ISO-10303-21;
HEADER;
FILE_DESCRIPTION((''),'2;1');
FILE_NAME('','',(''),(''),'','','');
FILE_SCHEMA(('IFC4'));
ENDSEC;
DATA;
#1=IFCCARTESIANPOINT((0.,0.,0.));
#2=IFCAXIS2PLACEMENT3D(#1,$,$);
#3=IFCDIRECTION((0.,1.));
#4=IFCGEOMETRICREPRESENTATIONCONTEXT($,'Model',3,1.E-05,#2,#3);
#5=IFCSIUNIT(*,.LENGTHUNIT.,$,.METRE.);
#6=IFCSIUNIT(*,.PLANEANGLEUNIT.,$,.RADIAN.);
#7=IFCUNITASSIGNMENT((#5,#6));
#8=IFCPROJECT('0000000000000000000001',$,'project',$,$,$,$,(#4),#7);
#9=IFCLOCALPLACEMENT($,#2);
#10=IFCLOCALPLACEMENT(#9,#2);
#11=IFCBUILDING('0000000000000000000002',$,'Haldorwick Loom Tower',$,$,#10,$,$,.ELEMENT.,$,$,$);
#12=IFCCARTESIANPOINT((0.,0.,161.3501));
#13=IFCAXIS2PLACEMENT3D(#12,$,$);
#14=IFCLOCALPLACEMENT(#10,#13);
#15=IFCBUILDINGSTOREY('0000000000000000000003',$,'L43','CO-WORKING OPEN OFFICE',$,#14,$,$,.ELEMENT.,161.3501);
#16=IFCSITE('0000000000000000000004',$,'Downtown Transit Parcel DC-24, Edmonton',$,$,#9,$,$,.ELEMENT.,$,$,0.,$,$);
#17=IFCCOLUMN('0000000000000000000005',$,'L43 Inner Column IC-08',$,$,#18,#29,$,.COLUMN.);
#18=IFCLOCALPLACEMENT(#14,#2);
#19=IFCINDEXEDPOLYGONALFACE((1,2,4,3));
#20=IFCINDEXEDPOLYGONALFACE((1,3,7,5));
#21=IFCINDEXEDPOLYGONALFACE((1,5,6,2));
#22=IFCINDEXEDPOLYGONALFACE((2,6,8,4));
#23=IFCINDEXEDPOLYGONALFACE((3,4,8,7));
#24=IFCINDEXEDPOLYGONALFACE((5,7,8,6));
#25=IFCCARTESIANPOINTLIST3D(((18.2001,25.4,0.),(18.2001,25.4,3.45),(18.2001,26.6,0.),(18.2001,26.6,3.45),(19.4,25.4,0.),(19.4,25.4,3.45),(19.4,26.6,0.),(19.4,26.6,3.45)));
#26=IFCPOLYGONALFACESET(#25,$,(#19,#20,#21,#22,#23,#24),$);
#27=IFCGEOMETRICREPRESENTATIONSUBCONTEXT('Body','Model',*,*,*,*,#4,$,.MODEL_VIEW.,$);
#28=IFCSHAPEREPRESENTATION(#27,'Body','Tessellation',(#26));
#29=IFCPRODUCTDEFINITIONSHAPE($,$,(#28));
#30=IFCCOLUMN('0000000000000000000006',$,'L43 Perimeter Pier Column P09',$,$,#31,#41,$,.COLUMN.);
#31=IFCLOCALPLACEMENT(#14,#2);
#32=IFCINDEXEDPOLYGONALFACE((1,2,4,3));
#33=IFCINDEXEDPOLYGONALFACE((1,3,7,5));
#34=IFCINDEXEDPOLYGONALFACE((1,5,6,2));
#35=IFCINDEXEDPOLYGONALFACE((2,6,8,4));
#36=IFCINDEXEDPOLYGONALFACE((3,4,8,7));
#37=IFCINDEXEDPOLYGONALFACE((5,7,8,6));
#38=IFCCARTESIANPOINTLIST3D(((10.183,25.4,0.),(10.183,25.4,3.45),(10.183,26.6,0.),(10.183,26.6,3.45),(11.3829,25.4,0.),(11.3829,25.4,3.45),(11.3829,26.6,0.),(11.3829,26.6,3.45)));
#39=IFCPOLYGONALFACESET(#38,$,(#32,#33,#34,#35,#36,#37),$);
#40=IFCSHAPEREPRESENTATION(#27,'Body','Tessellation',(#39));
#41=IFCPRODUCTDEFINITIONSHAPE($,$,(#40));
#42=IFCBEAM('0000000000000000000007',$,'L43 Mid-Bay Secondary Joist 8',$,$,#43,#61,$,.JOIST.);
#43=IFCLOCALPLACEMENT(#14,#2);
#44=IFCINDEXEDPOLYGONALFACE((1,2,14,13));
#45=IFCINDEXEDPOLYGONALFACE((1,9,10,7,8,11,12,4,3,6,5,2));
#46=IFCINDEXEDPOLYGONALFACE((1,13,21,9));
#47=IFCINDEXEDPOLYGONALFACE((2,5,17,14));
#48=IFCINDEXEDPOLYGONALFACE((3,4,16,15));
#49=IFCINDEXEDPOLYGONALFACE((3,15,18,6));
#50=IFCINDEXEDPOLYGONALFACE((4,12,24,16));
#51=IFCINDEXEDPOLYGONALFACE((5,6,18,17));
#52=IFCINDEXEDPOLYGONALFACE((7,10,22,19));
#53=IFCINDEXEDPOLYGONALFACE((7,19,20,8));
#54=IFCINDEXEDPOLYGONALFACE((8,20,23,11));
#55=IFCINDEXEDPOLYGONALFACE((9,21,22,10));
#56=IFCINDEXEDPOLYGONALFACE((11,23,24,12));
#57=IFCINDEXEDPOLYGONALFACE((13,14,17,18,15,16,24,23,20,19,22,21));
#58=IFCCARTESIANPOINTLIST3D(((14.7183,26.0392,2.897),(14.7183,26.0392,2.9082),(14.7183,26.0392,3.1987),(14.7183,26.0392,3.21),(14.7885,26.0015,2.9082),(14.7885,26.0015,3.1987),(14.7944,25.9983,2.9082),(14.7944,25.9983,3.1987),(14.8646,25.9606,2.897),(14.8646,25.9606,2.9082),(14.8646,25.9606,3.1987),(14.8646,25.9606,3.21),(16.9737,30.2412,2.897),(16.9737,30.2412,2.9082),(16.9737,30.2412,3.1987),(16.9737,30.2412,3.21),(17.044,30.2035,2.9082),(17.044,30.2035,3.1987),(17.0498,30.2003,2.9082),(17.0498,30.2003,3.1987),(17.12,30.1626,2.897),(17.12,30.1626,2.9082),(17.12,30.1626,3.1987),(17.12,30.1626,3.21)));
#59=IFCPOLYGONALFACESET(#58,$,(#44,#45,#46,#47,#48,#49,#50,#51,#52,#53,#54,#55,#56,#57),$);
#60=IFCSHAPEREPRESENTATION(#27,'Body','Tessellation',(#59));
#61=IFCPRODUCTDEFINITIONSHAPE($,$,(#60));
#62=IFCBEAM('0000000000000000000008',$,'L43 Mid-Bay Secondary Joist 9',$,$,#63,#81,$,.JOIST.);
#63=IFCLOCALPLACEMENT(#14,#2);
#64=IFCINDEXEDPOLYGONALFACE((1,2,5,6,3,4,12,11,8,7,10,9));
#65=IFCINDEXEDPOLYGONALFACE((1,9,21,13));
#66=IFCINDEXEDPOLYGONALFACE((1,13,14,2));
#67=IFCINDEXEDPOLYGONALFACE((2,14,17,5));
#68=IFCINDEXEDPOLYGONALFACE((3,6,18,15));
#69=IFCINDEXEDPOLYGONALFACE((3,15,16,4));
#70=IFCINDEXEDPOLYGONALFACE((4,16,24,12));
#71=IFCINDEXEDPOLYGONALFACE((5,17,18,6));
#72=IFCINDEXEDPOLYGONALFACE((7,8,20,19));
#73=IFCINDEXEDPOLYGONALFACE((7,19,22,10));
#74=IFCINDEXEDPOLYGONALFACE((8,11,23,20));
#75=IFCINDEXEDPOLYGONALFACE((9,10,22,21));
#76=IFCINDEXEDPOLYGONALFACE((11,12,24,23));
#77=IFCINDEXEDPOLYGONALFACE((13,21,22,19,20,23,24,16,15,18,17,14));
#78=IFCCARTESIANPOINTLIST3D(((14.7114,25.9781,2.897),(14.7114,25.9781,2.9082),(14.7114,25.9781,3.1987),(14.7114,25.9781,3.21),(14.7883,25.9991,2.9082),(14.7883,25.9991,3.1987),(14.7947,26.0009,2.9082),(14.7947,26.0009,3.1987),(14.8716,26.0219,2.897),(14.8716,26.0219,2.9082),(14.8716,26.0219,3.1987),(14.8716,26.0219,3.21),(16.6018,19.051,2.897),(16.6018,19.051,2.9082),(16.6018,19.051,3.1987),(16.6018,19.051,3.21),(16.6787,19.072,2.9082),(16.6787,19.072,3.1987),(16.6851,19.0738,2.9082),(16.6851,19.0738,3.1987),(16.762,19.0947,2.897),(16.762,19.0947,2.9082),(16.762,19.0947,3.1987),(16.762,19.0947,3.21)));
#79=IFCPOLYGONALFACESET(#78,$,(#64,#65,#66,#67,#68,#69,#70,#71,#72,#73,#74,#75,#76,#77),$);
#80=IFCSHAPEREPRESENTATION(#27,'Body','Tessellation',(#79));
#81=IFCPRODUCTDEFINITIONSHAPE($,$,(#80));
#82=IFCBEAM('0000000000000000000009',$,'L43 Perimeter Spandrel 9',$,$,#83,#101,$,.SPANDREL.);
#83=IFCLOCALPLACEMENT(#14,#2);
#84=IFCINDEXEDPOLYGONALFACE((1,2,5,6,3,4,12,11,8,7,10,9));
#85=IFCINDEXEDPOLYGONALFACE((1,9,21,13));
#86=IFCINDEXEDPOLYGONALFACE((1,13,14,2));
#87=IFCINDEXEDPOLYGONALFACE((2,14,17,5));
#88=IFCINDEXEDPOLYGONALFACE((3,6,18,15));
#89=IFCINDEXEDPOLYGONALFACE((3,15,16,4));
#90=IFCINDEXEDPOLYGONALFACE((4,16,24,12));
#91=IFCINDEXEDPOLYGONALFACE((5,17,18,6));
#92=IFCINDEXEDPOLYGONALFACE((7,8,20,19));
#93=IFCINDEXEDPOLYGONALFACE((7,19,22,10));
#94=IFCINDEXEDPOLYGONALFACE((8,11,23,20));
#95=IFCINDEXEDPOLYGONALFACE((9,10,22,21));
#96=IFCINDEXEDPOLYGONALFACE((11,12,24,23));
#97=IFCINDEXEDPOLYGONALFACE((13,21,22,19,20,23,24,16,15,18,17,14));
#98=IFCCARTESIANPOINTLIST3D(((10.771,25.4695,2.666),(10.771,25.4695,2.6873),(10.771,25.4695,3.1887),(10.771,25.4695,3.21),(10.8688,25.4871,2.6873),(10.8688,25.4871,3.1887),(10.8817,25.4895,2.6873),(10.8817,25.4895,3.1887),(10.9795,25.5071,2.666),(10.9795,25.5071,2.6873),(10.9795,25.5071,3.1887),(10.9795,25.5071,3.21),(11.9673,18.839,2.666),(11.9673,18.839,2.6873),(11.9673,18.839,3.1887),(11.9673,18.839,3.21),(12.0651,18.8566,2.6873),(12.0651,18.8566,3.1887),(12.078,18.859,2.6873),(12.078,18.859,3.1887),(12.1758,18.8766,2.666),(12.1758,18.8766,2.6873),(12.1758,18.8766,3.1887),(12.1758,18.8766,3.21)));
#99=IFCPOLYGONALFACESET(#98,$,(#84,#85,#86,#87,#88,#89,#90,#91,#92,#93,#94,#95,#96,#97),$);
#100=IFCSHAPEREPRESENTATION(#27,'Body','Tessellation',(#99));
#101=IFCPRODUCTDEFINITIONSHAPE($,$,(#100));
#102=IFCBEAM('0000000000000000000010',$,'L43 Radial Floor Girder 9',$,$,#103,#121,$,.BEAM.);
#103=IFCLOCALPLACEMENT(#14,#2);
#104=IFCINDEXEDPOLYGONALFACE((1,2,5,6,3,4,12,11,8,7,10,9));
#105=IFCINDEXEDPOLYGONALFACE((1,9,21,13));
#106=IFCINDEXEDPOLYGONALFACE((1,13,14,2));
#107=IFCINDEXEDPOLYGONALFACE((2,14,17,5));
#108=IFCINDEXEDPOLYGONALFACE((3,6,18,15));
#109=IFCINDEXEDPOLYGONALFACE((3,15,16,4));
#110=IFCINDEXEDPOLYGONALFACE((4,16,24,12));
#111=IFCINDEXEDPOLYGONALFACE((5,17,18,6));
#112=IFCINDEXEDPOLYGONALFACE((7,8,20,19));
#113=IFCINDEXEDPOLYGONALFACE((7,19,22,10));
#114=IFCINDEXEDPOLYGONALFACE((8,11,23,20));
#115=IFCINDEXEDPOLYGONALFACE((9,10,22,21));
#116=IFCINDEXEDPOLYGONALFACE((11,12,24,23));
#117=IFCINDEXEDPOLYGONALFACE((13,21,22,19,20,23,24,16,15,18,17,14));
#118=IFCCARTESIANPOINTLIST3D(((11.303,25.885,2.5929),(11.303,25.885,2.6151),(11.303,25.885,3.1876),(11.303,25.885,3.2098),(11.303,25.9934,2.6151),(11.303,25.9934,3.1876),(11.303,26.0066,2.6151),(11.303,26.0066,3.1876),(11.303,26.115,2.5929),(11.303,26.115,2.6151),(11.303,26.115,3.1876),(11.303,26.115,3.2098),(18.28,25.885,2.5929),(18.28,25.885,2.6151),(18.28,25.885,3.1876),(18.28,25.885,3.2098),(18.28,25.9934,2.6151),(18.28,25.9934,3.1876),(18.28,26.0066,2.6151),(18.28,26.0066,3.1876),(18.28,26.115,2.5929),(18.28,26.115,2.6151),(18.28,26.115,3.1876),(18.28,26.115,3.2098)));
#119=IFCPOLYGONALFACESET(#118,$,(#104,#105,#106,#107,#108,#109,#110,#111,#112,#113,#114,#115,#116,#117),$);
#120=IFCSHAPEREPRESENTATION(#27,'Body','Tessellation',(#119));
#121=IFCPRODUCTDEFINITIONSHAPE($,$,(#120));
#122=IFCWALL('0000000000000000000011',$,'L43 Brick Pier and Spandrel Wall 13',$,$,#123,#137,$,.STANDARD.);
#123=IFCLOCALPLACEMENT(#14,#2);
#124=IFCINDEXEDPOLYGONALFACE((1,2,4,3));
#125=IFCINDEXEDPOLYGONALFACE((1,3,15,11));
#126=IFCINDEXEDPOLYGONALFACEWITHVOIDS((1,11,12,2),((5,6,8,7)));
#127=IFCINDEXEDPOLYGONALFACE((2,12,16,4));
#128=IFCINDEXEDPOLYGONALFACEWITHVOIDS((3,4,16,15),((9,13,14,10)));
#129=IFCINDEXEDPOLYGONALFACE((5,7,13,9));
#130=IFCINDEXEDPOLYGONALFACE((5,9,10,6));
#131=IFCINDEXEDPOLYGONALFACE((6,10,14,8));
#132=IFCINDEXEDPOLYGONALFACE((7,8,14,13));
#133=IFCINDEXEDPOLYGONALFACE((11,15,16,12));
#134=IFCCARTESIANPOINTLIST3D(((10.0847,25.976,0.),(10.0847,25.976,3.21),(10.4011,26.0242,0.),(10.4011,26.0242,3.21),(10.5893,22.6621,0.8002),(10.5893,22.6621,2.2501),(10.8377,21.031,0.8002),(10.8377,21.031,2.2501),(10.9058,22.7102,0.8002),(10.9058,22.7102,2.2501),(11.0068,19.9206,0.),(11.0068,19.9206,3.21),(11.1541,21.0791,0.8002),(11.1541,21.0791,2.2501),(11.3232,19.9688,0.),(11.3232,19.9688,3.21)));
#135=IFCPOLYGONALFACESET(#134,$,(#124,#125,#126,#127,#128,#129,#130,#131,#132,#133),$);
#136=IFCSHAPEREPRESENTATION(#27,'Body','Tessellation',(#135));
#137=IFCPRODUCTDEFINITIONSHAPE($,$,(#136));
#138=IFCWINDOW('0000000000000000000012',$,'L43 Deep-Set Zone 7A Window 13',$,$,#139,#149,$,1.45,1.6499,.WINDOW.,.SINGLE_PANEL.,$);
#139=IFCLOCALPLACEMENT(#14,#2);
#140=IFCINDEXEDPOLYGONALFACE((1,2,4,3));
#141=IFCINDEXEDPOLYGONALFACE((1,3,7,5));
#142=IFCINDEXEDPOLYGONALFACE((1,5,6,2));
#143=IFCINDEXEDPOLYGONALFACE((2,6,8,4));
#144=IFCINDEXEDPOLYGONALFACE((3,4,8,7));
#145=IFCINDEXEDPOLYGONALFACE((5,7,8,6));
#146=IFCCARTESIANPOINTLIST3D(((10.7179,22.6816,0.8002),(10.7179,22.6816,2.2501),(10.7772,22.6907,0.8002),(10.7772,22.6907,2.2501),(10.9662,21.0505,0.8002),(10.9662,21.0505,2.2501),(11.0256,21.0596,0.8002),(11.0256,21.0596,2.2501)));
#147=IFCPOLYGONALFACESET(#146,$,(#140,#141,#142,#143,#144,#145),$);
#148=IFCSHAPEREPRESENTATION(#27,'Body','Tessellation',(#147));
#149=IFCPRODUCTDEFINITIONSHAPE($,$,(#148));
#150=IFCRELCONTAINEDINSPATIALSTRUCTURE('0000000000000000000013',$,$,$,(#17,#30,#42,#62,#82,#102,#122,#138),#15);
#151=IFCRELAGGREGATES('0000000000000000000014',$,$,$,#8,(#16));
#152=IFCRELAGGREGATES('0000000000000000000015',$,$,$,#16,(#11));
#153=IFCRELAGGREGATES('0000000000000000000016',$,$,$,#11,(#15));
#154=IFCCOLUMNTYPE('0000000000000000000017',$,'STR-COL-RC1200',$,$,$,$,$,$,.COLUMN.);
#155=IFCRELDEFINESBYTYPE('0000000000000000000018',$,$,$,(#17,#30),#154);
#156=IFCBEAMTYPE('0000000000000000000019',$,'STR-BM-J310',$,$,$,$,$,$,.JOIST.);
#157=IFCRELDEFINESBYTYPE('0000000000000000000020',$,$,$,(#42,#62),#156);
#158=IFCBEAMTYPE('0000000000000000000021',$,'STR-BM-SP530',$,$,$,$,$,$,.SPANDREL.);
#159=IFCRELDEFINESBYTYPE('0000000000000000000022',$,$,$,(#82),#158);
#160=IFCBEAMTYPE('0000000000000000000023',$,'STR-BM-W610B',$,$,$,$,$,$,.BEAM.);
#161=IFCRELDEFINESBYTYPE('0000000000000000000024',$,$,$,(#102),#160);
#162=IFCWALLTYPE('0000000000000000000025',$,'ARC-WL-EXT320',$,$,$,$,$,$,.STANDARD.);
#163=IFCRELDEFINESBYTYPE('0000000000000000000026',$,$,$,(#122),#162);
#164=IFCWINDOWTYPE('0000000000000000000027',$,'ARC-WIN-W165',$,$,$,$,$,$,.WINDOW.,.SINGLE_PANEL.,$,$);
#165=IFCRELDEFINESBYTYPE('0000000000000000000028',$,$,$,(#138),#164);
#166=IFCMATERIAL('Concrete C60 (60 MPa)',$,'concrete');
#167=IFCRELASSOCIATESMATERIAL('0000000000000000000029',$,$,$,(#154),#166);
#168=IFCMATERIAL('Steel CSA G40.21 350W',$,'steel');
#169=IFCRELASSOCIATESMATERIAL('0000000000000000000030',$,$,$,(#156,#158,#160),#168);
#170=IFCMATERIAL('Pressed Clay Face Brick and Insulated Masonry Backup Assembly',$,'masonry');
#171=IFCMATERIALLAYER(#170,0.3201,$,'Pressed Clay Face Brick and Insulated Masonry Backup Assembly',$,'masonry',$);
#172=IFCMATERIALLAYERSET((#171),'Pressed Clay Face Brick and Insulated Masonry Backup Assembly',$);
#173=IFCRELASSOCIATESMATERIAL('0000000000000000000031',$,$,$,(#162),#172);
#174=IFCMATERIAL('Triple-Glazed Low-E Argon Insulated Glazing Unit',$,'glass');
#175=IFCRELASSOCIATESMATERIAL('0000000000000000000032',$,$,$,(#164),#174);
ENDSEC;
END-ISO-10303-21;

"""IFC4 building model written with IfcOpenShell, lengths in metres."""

from ifc_helpers import new_model, si_unit, direction, frame, frame_2d, origin, origin_2d, place, context, subcontext, project, spatial, rectangle, i_section, extrude, material, layer, layer_set, material_profile, profile_set, type_object, element, fill, save


model = new_model("IFC4")

# Units and contexts
model_context = context("Model", 3, precision=1e-05, world=origin(), true_north=direction((0.0, 1.0)))
body_context = subcontext(model_context, "Body", "Model", "MODEL_VIEW")
ifc_project = project(units=[si_unit("LENGTHUNIT", "METRE"), si_unit("PLANEANGLEUNIT", "RADIAN")], contexts=[model_context])

# Site, building, storey
site_placement = place(None, origin())
site = spatial("IfcSite", under=ifc_project, at=site_placement, Name="Downtown Transit Parcel DC-24, Edmonton", CompositionType="ELEMENT", RefElevation=0.0)
building_placement = place(site_placement, origin())
building = spatial("IfcBuilding", under=site, at=building_placement, Name="Haldorwick Loom Tower", CompositionType="ELEMENT")
storey_placement = place(building_placement, frame((0.0, 0.0, 161.3501)))
storey = spatial("IfcBuildingStorey", under=building, at=storey_placement, Name="L43", Description="CO-WORKING OPEN OFFICE", CompositionType="ELEMENT", Elevation=161.3501)

# Columns
ifc_material_1 = material(Name="Concrete C60 (60 MPa)", Category="concrete")
ifc_material_profile_1 = material_profile(ifc_material_1, rectangle(XDim=1.2, YDim=1.2, at=origin_2d()), Name="RC1200X1200", Category="concrete")
ifc_profile_set_1 = profile_set([ifc_material_profile_1], Name="Concrete C60 (60 MPa)")
column_type = type_object("IfcColumnType", Name="STR-COL-RC1200", PredefinedType="COLUMN", material=ifc_profile_set_1)
for number, where, z_axis, x_axis, name in (
    (1, (18.8, 26.0, 0.0), (0.0, 0.0, 1.0), (1.0, 0.0, 0.0), "L43 Inner Column IC-08"),
    (2, (10.783, 26.0, 0.0), (0.0, 0.0, 1.0), (-1.0, 0.0, 0.0), "L43 Perimeter Pier Column P09"),
):
    element("IfcColumn", number, at=place(storey_placement, frame(where, z_axis=z_axis, x_axis=x_axis)), inside=storey, type_object=column_type, Name=name, PredefinedType="COLUMN", context=body_context, shape_type="SweptSolid", body=[
        extrude(rectangle(XDim=1.2, YDim=1.2, at=origin_2d()), origin(), (0.0, 0.0, 1.0), 3.45),
    ])

# Beams
ifc_material_2 = material(Name="Steel CSA G40.21 350W", Category="steel")
ifc_material_profile_2 = material_profile(ifc_material_2, i_section(OverallWidth=0.166, OverallDepth=0.313, WebThickness=0.0066, FlangeThickness=0.0112, at=origin_2d()), Name="W310X45", Category="steel")
ifc_profile_set_2 = profile_set([ifc_material_profile_2], Name="Steel CSA G40.21 350W")
beam_type_1 = type_object("IfcBeamType", Name="STR-BM-J310", PredefinedType="JOIST", material=ifc_profile_set_2)
beam_1_placement = place(storey_placement, frame((17.0469, 30.2019, 3.0535), z_axis=(-0.47293, -0.8811, 0.0), x_axis=(0.8811, -0.47293, 0.0)))
element("IfcBeam", 3, at=beam_1_placement, inside=storey, type_object=beam_type_1, Name="L43 Mid-Bay Secondary Joist 8", PredefinedType="JOIST", context=body_context, shape_type="SweptSolid", body=[
    extrude(i_section(OverallWidth=0.166, OverallDepth=0.313, WebThickness=0.0066, FlangeThickness=0.0112, at=origin_2d()), origin(), (0.0, 0.0, 1.0), 4.769),
])
beam_2_placement = place(storey_placement, frame((14.7915, 26.0, 3.0535), z_axis=(0.263273, -0.964721, 0.0), x_axis=(0.964721, 0.263273, 0.0)))
element("IfcBeam", 4, at=beam_2_placement, inside=storey, type_object=beam_type_1, Name="L43 Mid-Bay Secondary Joist 9", PredefinedType="JOIST", context=body_context, shape_type="SweptSolid", body=[
    extrude(i_section(OverallWidth=0.166, OverallDepth=0.313, WebThickness=0.0066, FlangeThickness=0.0112, at=origin_2d()), origin(), (0.0, 0.0, 1.0), 7.1804),
])
ifc_material_profile_3 = material_profile(ifc_material_2, i_section(OverallWidth=0.2119, OverallDepth=0.5439, WebThickness=0.0132, FlangeThickness=0.0212, at=origin_2d()), Name="W530X123", Category="steel")
ifc_profile_set_3 = profile_set([ifc_material_profile_3], Name="Steel CSA G40.21 350W")
beam_type_2 = type_object("IfcBeamType", Name="STR-BM-SP530", PredefinedType="SPANDREL", material=ifc_profile_set_3)
beam_3_placement = place(storey_placement, frame((10.8752, 25.4883, 2.938), z_axis=(0.177559, -0.98411, 0.0), x_axis=(0.98411, 0.177559, 0.0)))
element("IfcBeam", 5, at=beam_3_placement, inside=storey, type_object=beam_type_2, Name="L43 Perimeter Spandrel 9", PredefinedType="SPANDREL", context=body_context, shape_type="SweptSolid", body=[
    extrude(i_section(OverallWidth=0.2119, OverallDepth=0.5439, WebThickness=0.0132, FlangeThickness=0.0212, at=origin_2d()), origin(), (0.0, 0.0, 1.0), 6.7375),
])
ifc_material_profile_4 = material_profile(ifc_material_2, i_section(OverallWidth=0.23, OverallDepth=0.6169, WebThickness=0.0132, FlangeThickness=0.0222, at=origin_2d()), Name="W610X140", Category="steel")
ifc_profile_set_4 = profile_set([ifc_material_profile_4], Name="Steel CSA G40.21 350W")
beam_type_3 = type_object("IfcBeamType", Name="STR-BM-W610B", PredefinedType="BEAM", material=ifc_profile_set_4)
beam_4_placement = place(storey_placement, frame((18.28, 26.0, 2.9014), z_axis=(-1.0, 0.0, 0.0), x_axis=(0.0, -1.0, 0.0)))
element("IfcBeam", 6, at=beam_4_placement, inside=storey, type_object=beam_type_3, Name="L43 Radial Floor Girder 9", PredefinedType="BEAM", context=body_context, shape_type="SweptSolid", body=[
    extrude(i_section(OverallWidth=0.23, OverallDepth=0.6169, WebThickness=0.0132, FlangeThickness=0.0222, at=origin_2d()), origin(), (0.0, 0.0, 1.0), 6.9771),
])

# Wall, opening, window
ifc_material_3 = material(Name="Pressed Clay Face Brick and Insulated Masonry Backup Assembly", Category="masonry")
ifc_layer_1 = layer(ifc_material_3, 0.3201, Name="Pressed Clay Face Brick and Insulated Masonry Backup Assembly", Category="masonry")
ifc_layer_set_1 = layer_set([ifc_layer_1], Name="Pressed Clay Face Brick and Insulated Masonry Backup Assembly")
wall_type_1 = type_object("IfcWallType", Name="ARC-WL-EXT320", PredefinedType="STANDARD", material=ifc_layer_set_1)
wall_1_placement = place(storey_placement, frame((10.2429, 26.0, 0.0), z_axis=(0.0, 0.0, 1.0), x_axis=(0.150544, -0.988603, 0.0)))
wall_1 = element("IfcWall", 7, at=wall_1_placement, inside=storey, type_object=wall_type_1, Name="L43 Brick Pier and Spandrel Wall 13", PredefinedType="STANDARD", context=body_context, shape_type="SweptSolid", body=[
    extrude(rectangle(XDim=6.1252, YDim=0.3201, at=frame_2d((3.0625, 0.0))), origin(), (0.0, 0.0, 1.0), 3.21),
])
opening_1_placement = place(wall_1_placement, frame((3.3521, 0.0, 0.8)))
opening_1 = element("IfcOpeningElement", 8, at=opening_1_placement, cuts=wall_1, PredefinedType="OPENING", context=body_context, shape_type="SweptSolid", body=[
    extrude(rectangle(XDim=1.6499, YDim=1.45, at=frame_2d((0.825, 0.7251))), frame((0.0, 0.1699, 0.0), z_axis=(0.0, -1.0, 0.0), x_axis=(1.0, 0.0, 0.0)), (0.0, 0.0, 1.0), 0.3401),
])
ifc_material_4 = material(Name="Triple-Glazed Low-E Argon Insulated Glazing Unit", Category="glass")
window_type = type_object("IfcWindowType", Name="ARC-WIN-W165", PartitioningType="SINGLE_PANEL", PredefinedType="WINDOW", material=ifc_material_4)
window_placement = place(opening_1_placement, origin())
window = element("IfcWindow", 9, at=window_placement, inside=storey, type_object=window_type, Name="L43 Deep-Set Zone 7A Window 13", OverallHeight=1.45, OverallWidth=1.6499, PartitioningType="SINGLE_PANEL", PredefinedType="WINDOW", context=body_context, shape_type="SweptSolid", body=[
    extrude(rectangle(XDim=1.6499, YDim=1.45, at=frame_2d((0.825, 0.7251))), frame((0.0, 0.03, 0.0), z_axis=(0.0, -1.0, 0.0), x_axis=(1.0, 0.0, 0.0)), (0.0, 0.0, 1.0), 0.0601),
])
fill(opening_1, window)

save(model, "model.ifc")
